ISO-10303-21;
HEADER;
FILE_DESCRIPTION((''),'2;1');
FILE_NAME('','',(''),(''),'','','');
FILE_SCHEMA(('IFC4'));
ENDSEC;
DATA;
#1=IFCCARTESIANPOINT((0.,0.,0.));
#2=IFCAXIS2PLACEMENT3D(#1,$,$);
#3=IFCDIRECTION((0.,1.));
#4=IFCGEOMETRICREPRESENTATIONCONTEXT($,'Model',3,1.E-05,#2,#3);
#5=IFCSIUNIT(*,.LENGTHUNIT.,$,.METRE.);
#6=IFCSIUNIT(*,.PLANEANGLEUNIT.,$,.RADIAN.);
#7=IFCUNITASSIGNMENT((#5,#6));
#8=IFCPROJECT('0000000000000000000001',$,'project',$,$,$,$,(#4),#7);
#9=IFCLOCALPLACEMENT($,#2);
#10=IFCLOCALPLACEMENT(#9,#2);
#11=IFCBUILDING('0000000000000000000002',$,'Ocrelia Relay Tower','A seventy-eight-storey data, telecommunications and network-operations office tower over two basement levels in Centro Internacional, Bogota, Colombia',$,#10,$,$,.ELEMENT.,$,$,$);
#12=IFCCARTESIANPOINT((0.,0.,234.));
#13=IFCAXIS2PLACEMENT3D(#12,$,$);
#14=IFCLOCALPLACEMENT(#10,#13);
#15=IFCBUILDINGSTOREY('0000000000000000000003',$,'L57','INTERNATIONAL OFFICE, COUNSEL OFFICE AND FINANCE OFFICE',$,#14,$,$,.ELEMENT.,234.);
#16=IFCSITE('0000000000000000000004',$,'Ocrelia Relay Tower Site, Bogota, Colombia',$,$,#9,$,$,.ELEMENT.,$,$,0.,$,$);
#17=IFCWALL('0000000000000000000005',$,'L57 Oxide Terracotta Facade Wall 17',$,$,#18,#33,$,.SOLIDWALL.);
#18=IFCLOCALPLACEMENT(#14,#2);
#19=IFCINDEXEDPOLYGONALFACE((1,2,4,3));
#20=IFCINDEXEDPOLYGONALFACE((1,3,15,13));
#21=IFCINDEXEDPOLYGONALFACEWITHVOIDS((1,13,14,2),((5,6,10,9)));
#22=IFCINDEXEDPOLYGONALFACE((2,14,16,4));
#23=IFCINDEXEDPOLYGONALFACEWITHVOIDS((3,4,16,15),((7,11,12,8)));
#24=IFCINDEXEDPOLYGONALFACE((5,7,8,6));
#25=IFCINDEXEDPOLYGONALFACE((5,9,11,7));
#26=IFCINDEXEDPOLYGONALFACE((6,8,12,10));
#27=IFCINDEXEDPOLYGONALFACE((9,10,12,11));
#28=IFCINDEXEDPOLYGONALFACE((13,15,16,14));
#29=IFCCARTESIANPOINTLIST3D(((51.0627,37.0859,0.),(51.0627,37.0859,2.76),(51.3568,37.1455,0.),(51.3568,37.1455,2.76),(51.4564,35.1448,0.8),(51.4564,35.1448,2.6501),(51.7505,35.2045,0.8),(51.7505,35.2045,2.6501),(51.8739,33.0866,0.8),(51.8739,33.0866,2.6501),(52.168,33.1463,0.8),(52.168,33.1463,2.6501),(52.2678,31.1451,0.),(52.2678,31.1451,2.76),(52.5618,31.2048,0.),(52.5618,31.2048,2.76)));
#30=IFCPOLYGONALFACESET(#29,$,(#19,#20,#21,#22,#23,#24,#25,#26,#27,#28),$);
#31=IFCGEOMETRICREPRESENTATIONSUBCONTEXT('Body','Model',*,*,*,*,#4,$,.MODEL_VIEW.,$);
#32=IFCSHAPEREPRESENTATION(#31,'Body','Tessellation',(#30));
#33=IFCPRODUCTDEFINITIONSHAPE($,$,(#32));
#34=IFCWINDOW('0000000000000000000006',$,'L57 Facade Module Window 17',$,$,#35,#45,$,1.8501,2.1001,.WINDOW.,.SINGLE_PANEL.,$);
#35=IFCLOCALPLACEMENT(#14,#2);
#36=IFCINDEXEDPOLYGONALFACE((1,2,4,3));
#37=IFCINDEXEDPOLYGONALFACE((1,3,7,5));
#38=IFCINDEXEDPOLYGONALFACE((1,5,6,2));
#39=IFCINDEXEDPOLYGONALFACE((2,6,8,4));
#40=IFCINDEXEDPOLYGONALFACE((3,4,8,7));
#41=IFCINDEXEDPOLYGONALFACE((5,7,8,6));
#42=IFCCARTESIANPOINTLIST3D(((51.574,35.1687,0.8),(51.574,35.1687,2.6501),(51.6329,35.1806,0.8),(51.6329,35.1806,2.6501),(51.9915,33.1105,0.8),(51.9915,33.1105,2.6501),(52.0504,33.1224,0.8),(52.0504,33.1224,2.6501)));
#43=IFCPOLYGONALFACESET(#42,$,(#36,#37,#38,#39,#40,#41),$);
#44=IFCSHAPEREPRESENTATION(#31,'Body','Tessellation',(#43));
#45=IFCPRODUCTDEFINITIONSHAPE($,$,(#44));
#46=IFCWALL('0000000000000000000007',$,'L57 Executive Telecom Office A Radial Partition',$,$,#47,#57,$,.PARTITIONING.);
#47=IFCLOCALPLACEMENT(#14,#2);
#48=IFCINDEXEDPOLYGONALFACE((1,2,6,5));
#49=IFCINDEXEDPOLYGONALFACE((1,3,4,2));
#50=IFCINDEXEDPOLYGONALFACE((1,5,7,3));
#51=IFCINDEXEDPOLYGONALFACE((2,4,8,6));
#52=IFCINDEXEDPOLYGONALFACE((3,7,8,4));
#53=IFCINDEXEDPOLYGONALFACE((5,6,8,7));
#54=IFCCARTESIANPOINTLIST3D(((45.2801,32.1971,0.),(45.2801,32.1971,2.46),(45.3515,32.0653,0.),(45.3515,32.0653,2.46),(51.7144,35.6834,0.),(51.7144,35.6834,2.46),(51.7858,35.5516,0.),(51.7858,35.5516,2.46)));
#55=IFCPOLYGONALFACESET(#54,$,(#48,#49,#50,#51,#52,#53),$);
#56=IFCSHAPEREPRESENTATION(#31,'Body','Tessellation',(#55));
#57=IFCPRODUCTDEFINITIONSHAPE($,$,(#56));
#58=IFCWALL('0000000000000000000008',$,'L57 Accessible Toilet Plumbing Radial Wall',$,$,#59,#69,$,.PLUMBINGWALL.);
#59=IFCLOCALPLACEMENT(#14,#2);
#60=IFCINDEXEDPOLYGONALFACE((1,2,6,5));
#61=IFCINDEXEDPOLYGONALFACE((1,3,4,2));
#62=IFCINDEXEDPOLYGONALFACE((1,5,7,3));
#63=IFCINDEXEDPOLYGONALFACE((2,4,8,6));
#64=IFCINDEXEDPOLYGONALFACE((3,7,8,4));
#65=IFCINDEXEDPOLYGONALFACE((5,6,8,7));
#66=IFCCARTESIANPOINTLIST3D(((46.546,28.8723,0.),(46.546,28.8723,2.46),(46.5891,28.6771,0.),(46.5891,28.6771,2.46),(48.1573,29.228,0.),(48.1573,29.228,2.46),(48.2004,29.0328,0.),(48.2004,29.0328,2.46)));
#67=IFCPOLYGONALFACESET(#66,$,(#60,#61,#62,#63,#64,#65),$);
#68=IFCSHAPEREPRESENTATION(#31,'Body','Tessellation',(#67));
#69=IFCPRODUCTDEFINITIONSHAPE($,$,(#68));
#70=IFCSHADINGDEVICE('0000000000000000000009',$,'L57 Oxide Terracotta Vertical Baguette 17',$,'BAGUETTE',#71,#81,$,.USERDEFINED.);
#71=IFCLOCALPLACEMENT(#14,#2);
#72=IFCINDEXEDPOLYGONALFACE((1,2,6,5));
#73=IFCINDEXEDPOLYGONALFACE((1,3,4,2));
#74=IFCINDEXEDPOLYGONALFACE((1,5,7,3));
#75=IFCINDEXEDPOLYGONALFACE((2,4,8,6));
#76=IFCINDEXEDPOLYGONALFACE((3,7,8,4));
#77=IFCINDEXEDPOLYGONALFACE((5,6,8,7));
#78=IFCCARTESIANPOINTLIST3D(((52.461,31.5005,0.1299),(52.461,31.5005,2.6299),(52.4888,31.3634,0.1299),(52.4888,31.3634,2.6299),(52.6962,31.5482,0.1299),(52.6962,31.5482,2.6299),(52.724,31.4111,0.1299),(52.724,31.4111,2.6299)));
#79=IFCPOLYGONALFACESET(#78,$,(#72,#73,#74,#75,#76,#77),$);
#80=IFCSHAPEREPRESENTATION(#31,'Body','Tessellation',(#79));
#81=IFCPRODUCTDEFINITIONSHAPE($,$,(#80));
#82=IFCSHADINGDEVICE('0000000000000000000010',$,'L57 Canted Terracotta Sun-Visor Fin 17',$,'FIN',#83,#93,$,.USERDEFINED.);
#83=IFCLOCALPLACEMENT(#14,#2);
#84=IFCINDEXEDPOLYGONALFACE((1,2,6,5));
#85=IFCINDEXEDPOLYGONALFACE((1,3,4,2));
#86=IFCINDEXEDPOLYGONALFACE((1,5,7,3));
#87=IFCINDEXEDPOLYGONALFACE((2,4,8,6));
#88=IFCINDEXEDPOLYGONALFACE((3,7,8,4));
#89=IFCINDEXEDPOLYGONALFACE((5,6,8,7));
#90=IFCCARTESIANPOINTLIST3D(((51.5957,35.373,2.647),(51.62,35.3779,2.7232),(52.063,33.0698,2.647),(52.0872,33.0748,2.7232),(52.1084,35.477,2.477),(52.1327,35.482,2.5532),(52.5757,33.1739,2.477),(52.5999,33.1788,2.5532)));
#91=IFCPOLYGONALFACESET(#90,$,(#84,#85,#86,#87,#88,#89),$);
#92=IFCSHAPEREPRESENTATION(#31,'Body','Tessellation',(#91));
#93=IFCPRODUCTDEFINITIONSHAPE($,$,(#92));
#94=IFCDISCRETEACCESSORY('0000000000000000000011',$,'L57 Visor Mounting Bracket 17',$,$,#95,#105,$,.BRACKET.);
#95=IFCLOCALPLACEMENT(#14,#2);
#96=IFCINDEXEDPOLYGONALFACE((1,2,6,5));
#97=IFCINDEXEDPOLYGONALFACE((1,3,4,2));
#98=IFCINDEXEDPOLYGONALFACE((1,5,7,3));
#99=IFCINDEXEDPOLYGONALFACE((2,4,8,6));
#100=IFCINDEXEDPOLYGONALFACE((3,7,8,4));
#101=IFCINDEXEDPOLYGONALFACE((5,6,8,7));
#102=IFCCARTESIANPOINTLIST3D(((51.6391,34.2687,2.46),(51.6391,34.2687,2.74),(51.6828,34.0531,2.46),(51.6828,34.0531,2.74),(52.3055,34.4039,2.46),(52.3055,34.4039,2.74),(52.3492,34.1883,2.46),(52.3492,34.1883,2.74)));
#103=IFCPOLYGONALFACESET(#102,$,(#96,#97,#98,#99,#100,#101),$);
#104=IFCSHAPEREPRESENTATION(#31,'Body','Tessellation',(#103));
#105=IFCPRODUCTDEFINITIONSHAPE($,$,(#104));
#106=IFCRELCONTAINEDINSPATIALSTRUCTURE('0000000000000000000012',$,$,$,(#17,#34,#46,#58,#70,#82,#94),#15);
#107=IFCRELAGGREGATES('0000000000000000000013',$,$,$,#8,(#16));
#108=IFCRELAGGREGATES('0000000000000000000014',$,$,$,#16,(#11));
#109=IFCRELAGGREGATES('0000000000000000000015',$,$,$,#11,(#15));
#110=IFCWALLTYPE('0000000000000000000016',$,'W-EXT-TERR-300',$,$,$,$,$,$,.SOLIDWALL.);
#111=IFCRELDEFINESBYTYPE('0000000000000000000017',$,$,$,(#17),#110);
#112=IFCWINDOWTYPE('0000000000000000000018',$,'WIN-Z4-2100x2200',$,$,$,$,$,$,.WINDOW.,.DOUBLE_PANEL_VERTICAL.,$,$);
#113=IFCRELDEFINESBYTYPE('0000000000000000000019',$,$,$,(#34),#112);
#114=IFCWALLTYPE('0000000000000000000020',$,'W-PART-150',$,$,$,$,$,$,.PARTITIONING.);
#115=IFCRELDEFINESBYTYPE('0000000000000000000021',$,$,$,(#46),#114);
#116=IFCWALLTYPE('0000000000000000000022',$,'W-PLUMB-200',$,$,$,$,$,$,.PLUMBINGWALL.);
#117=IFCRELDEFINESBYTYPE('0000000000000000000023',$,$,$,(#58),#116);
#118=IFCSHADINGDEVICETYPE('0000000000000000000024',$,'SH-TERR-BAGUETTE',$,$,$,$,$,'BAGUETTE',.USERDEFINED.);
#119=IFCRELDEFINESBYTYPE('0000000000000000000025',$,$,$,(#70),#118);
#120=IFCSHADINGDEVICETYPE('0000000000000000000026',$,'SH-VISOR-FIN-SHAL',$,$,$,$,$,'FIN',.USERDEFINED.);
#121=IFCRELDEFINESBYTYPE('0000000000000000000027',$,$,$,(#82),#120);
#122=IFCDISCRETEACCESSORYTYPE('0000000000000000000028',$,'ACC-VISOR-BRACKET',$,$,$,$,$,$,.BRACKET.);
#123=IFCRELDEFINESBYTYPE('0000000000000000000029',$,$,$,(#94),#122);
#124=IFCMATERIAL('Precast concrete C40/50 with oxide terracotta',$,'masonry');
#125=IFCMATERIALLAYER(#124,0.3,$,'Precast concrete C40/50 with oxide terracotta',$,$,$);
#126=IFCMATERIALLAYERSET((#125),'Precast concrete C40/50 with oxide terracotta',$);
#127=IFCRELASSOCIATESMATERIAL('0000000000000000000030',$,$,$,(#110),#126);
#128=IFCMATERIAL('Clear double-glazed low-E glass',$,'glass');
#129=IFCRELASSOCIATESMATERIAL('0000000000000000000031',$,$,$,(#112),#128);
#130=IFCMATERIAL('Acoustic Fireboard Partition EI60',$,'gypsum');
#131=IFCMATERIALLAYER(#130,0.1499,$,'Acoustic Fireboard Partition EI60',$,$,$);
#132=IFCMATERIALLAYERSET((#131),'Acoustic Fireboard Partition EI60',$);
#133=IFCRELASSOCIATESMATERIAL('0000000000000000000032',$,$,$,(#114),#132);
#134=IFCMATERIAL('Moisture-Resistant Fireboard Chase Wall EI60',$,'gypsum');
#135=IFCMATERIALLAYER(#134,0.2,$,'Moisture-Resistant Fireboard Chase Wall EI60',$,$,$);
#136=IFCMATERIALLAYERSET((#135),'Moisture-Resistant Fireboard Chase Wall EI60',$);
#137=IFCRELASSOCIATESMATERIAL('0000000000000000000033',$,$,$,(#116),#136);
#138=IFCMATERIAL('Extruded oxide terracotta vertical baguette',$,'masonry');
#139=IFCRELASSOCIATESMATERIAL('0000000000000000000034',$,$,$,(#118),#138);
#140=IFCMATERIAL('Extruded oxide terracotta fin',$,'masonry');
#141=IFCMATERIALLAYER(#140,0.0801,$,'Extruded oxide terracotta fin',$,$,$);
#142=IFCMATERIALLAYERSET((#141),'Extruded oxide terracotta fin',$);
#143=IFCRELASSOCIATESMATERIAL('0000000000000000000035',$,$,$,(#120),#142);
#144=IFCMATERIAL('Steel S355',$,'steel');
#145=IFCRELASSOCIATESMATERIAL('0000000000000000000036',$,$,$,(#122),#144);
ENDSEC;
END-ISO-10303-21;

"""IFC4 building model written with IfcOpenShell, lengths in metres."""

from ifc_helpers import new_model, si_unit, direction, frame, frame_2d, origin, origin_2d, place, context, subcontext, project, spatial, rectangle, extrude, material, layer, layer_set, type_object, element, fill, save


model = new_model("IFC4")

# Units and contexts
model_context = context("Model", 3, precision=1e-05, world=origin(), true_north=direction((0.0, 1.0)))
body_context = subcontext(model_context, "Body", "Model", "MODEL_VIEW")
ifc_project = project(units=[si_unit("LENGTHUNIT", "METRE"), si_unit("PLANEANGLEUNIT", "RADIAN")], contexts=[model_context])

# Site, building, storey
site_placement = place(None, origin())
site = spatial("IfcSite", under=ifc_project, at=site_placement, Name="Ocrelia Relay Tower Site, Bogota, Colombia", CompositionType="ELEMENT", RefElevation=0.0)
building_placement = place(site_placement, origin())
building = spatial("IfcBuilding", under=site, at=building_placement, Name="Ocrelia Relay Tower", Description="A seventy-eight-storey data, telecommunications and network-operations office tower over two basement levels in Centro Internacional, Bogota, Colombia", CompositionType="ELEMENT")
storey_placement = place(building_placement, frame((0.0, 0.0, 234.0)))
storey = spatial("IfcBuildingStorey", under=building, at=storey_placement, Name="L57", Description="INTERNATIONAL OFFICE, COUNSEL OFFICE AND FINANCE OFFICE", CompositionType="ELEMENT", Elevation=234.0)

# Shared definitions
ifc_material_1 = material(Name="Steel S355", Category="steel")

# Wall, opening, window
ifc_material_2 = material(Name="Precast concrete C40/50 with oxide terracotta", Category="masonry")
ifc_layer_1 = layer(ifc_material_2, 0.3, Name="Precast concrete C40/50 with oxide terracotta")
ifc_layer_set_1 = layer_set([ifc_layer_1], Name="Precast concrete C40/50 with oxide terracotta")
wall_type_1 = type_object("IfcWallType", Name="W-EXT-TERR-300", PredefinedType="SOLIDWALL", material=ifc_layer_set_1)
wall_1_placement = place(storey_placement, frame((52.4148, 31.175, 0.0), z_axis=(0.0, 0.0, 1.0), x_axis=(-0.198803, 0.980039, 0.0)))
wall_1 = element("IfcWall", 1, at=wall_1_placement, inside=storey, type_object=wall_type_1, Name="L57 Oxide Terracotta Facade Wall 17", PredefinedType="SOLIDWALL", context=body_context, shape_type="SweptSolid", body=[
    extrude(rectangle(XDim=6.0618, YDim=0.3, at=frame_2d((3.0308, 0.0))), origin(), (0.0, 0.0, 1.0), 2.76),
])
opening_1_placement = place(wall_1_placement, frame((1.981, 0.0, 0.8)))
opening_1 = element("IfcOpeningElement", 2, at=opening_1_placement, cuts=wall_1, PredefinedType="OPENING", context=body_context, shape_type="SweptSolid", body=[
    extrude(rectangle(XDim=2.1001, YDim=1.8501, at=frame_2d((1.05, 0.925))), frame((0.0, 0.1602, 0.0), z_axis=(0.0, -1.0, 0.0), x_axis=(1.0, 0.0, 0.0)), (0.0, 0.0, 1.0), 0.3201),
])
ifc_material_3 = material(Name="Clear double-glazed low-E glass", Category="glass")
window_type = type_object("IfcWindowType", Name="WIN-Z4-2100x2200", PartitioningType="DOUBLE_PANEL_VERTICAL", PredefinedType="WINDOW", material=ifc_material_3)
window_placement = place(opening_1_placement, origin())
window = element("IfcWindow", 3, at=window_placement, inside=storey, type_object=window_type, Name="L57 Facade Module Window 17", OverallHeight=1.8501, OverallWidth=2.1001, PartitioningType="SINGLE_PANEL", PredefinedType="WINDOW", context=body_context, shape_type="SweptSolid", body=[
    extrude(rectangle(XDim=2.1001, YDim=1.8501, at=frame_2d((1.05, 0.925))), frame((0.0, 0.03, 0.0), z_axis=(0.0, -1.0, 0.0), x_axis=(1.0, 0.0, 0.0)), (0.0, 0.0, 1.0), 0.0601),
])
fill(opening_1, window)

# Wall
ifc_material_4 = material(Name="Acoustic Fireboard Partition EI60", Category="gypsum")
ifc_layer_2 = layer(ifc_material_4, 0.1499, Name="Acoustic Fireboard Partition EI60")
ifc_layer_set_2 = layer_set([ifc_layer_2], Name="Acoustic Fireboard Partition EI60")
wall_type_2 = type_object("IfcWallType", Name="W-PART-150", PredefinedType="PARTITIONING", material=ifc_layer_set_2)
wall_2_placement = place(storey_placement, frame((45.3157, 32.1311, 0.0), z_axis=(0.0, 0.0, 1.0), x_axis=(0.879231, 0.476396, 0.0)))
element("IfcWall", 4, at=wall_2_placement, inside=storey, type_object=wall_type_2, Name="L57 Executive Telecom Office A Radial Partition", PredefinedType="PARTITIONING", context=body_context, shape_type="SweptSolid", body=[
    extrude(rectangle(XDim=7.3181, YDim=0.1499, at=frame_2d((3.6592, 0.0))), origin(), (0.0, 0.0, 1.0), 2.46),
])

# Wall
ifc_material_5 = material(Name="Moisture-Resistant Fireboard Chase Wall EI60", Category="gypsum")
ifc_layer_3 = layer(ifc_material_5, 0.2, Name="Moisture-Resistant Fireboard Chase Wall EI60")
ifc_layer_set_3 = layer_set([ifc_layer_3], Name="Moisture-Resistant Fireboard Chase Wall EI60")
wall_type_3 = type_object("IfcWallType", Name="W-PLUMB-200", PredefinedType="PLUMBINGWALL", material=ifc_layer_set_3)
wall_3_placement = place(storey_placement, frame((46.5674, 28.7747, 0.0), z_axis=(0.0, 0.0, 1.0), x_axis=(0.976489, 0.215567, 0.0)))
element("IfcWall", 5, at=wall_3_placement, inside=storey, type_object=wall_type_3, Name="L57 Accessible Toilet Plumbing Radial Wall", PredefinedType="PLUMBINGWALL", context=body_context, shape_type="SweptSolid", body=[
    extrude(rectangle(XDim=1.6501, YDim=0.2, at=frame_2d((0.8252, 0.0))), origin(), (0.0, 0.0, 1.0), 2.46),
])

# Shading devices
ifc_material_6 = material(Name="Extruded oxide terracotta vertical baguette", Category="masonry")
shading_device_type_1 = type_object("IfcShadingDeviceType", Name="SH-TERR-BAGUETTE", ElementType="BAGUETTE", PredefinedType="USERDEFINED", material=ifc_material_6)
shading_device_1_placement = place(storey_placement, frame((52.5925, 31.4558, 0.1299), z_axis=(0.0, 0.0, 1.0), x_axis=(-0.198818, 0.980036, 0.0)))
element("IfcShadingDevice", 6, at=shading_device_1_placement, inside=storey, type_object=shading_device_type_1, Name="L57 Oxide Terracotta Vertical Baguette 17", ObjectType="BAGUETTE", PredefinedType="USERDEFINED", context=body_context, shape_type="SweptSolid", body=[
    extrude(rectangle(XDim=0.1399, YDim=0.24, at=origin_2d()), origin(), (0.0, 0.0, 1.0), 2.5),
])
ifc_material_7 = material(Name="Extruded oxide terracotta fin", Category="masonry")
ifc_layer_4 = layer(ifc_material_7, 0.0801, Name="Extruded oxide terracotta fin")
ifc_layer_set_4 = layer_set([ifc_layer_4], Name="Extruded oxide terracotta fin")
shading_device_type_2 = type_object("IfcShadingDeviceType", Name="SH-VISOR-FIN-SHAL", ElementType="FIN", PredefinedType="USERDEFINED", material=ifc_layer_set_4)
shading_device_2_placement = place(storey_placement, frame((52.0857, 34.2734, 2.562), z_axis=(0.302848, 0.061438, 0.951057), x_axis=(-0.198818, 0.980036, 0.0)))
element("IfcShadingDevice", 7, at=shading_device_2_placement, inside=storey, type_object=shading_device_type_2, Name="L57 Canted Terracotta Sun-Visor Fin 17", ObjectType="FIN", PredefinedType="USERDEFINED", context=body_context, shape_type="SweptSolid", body=[
    extrude(rectangle(XDim=2.3501, YDim=0.55, at=origin_2d()), origin(), (0.0, 0.0, 1.0), 0.0801),
])

# Discrete accessory
discrete_accessory_type = type_object("IfcDiscreteAccessoryType", Name="ACC-VISOR-BRACKET", PredefinedType="BRACKET", material=ifc_material_1)
discrete_accessory_placement = place(storey_placement, frame((51.9941, 34.2285, 2.46), z_axis=(0.0, 0.0, 1.0), x_axis=(-0.198818, 0.980036, 0.0)))
element("IfcDiscreteAccessory", 8, at=discrete_accessory_placement, inside=storey, type_object=discrete_accessory_type, Name="L57 Visor Mounting Bracket 17", PredefinedType="BRACKET", context=body_context, shape_type="SweptSolid", body=[
    extrude(rectangle(XDim=0.22, YDim=0.6799, at=origin_2d()), origin(), (0.0, 0.0, 1.0), 0.28),
])

save(model, "model.ifc")
